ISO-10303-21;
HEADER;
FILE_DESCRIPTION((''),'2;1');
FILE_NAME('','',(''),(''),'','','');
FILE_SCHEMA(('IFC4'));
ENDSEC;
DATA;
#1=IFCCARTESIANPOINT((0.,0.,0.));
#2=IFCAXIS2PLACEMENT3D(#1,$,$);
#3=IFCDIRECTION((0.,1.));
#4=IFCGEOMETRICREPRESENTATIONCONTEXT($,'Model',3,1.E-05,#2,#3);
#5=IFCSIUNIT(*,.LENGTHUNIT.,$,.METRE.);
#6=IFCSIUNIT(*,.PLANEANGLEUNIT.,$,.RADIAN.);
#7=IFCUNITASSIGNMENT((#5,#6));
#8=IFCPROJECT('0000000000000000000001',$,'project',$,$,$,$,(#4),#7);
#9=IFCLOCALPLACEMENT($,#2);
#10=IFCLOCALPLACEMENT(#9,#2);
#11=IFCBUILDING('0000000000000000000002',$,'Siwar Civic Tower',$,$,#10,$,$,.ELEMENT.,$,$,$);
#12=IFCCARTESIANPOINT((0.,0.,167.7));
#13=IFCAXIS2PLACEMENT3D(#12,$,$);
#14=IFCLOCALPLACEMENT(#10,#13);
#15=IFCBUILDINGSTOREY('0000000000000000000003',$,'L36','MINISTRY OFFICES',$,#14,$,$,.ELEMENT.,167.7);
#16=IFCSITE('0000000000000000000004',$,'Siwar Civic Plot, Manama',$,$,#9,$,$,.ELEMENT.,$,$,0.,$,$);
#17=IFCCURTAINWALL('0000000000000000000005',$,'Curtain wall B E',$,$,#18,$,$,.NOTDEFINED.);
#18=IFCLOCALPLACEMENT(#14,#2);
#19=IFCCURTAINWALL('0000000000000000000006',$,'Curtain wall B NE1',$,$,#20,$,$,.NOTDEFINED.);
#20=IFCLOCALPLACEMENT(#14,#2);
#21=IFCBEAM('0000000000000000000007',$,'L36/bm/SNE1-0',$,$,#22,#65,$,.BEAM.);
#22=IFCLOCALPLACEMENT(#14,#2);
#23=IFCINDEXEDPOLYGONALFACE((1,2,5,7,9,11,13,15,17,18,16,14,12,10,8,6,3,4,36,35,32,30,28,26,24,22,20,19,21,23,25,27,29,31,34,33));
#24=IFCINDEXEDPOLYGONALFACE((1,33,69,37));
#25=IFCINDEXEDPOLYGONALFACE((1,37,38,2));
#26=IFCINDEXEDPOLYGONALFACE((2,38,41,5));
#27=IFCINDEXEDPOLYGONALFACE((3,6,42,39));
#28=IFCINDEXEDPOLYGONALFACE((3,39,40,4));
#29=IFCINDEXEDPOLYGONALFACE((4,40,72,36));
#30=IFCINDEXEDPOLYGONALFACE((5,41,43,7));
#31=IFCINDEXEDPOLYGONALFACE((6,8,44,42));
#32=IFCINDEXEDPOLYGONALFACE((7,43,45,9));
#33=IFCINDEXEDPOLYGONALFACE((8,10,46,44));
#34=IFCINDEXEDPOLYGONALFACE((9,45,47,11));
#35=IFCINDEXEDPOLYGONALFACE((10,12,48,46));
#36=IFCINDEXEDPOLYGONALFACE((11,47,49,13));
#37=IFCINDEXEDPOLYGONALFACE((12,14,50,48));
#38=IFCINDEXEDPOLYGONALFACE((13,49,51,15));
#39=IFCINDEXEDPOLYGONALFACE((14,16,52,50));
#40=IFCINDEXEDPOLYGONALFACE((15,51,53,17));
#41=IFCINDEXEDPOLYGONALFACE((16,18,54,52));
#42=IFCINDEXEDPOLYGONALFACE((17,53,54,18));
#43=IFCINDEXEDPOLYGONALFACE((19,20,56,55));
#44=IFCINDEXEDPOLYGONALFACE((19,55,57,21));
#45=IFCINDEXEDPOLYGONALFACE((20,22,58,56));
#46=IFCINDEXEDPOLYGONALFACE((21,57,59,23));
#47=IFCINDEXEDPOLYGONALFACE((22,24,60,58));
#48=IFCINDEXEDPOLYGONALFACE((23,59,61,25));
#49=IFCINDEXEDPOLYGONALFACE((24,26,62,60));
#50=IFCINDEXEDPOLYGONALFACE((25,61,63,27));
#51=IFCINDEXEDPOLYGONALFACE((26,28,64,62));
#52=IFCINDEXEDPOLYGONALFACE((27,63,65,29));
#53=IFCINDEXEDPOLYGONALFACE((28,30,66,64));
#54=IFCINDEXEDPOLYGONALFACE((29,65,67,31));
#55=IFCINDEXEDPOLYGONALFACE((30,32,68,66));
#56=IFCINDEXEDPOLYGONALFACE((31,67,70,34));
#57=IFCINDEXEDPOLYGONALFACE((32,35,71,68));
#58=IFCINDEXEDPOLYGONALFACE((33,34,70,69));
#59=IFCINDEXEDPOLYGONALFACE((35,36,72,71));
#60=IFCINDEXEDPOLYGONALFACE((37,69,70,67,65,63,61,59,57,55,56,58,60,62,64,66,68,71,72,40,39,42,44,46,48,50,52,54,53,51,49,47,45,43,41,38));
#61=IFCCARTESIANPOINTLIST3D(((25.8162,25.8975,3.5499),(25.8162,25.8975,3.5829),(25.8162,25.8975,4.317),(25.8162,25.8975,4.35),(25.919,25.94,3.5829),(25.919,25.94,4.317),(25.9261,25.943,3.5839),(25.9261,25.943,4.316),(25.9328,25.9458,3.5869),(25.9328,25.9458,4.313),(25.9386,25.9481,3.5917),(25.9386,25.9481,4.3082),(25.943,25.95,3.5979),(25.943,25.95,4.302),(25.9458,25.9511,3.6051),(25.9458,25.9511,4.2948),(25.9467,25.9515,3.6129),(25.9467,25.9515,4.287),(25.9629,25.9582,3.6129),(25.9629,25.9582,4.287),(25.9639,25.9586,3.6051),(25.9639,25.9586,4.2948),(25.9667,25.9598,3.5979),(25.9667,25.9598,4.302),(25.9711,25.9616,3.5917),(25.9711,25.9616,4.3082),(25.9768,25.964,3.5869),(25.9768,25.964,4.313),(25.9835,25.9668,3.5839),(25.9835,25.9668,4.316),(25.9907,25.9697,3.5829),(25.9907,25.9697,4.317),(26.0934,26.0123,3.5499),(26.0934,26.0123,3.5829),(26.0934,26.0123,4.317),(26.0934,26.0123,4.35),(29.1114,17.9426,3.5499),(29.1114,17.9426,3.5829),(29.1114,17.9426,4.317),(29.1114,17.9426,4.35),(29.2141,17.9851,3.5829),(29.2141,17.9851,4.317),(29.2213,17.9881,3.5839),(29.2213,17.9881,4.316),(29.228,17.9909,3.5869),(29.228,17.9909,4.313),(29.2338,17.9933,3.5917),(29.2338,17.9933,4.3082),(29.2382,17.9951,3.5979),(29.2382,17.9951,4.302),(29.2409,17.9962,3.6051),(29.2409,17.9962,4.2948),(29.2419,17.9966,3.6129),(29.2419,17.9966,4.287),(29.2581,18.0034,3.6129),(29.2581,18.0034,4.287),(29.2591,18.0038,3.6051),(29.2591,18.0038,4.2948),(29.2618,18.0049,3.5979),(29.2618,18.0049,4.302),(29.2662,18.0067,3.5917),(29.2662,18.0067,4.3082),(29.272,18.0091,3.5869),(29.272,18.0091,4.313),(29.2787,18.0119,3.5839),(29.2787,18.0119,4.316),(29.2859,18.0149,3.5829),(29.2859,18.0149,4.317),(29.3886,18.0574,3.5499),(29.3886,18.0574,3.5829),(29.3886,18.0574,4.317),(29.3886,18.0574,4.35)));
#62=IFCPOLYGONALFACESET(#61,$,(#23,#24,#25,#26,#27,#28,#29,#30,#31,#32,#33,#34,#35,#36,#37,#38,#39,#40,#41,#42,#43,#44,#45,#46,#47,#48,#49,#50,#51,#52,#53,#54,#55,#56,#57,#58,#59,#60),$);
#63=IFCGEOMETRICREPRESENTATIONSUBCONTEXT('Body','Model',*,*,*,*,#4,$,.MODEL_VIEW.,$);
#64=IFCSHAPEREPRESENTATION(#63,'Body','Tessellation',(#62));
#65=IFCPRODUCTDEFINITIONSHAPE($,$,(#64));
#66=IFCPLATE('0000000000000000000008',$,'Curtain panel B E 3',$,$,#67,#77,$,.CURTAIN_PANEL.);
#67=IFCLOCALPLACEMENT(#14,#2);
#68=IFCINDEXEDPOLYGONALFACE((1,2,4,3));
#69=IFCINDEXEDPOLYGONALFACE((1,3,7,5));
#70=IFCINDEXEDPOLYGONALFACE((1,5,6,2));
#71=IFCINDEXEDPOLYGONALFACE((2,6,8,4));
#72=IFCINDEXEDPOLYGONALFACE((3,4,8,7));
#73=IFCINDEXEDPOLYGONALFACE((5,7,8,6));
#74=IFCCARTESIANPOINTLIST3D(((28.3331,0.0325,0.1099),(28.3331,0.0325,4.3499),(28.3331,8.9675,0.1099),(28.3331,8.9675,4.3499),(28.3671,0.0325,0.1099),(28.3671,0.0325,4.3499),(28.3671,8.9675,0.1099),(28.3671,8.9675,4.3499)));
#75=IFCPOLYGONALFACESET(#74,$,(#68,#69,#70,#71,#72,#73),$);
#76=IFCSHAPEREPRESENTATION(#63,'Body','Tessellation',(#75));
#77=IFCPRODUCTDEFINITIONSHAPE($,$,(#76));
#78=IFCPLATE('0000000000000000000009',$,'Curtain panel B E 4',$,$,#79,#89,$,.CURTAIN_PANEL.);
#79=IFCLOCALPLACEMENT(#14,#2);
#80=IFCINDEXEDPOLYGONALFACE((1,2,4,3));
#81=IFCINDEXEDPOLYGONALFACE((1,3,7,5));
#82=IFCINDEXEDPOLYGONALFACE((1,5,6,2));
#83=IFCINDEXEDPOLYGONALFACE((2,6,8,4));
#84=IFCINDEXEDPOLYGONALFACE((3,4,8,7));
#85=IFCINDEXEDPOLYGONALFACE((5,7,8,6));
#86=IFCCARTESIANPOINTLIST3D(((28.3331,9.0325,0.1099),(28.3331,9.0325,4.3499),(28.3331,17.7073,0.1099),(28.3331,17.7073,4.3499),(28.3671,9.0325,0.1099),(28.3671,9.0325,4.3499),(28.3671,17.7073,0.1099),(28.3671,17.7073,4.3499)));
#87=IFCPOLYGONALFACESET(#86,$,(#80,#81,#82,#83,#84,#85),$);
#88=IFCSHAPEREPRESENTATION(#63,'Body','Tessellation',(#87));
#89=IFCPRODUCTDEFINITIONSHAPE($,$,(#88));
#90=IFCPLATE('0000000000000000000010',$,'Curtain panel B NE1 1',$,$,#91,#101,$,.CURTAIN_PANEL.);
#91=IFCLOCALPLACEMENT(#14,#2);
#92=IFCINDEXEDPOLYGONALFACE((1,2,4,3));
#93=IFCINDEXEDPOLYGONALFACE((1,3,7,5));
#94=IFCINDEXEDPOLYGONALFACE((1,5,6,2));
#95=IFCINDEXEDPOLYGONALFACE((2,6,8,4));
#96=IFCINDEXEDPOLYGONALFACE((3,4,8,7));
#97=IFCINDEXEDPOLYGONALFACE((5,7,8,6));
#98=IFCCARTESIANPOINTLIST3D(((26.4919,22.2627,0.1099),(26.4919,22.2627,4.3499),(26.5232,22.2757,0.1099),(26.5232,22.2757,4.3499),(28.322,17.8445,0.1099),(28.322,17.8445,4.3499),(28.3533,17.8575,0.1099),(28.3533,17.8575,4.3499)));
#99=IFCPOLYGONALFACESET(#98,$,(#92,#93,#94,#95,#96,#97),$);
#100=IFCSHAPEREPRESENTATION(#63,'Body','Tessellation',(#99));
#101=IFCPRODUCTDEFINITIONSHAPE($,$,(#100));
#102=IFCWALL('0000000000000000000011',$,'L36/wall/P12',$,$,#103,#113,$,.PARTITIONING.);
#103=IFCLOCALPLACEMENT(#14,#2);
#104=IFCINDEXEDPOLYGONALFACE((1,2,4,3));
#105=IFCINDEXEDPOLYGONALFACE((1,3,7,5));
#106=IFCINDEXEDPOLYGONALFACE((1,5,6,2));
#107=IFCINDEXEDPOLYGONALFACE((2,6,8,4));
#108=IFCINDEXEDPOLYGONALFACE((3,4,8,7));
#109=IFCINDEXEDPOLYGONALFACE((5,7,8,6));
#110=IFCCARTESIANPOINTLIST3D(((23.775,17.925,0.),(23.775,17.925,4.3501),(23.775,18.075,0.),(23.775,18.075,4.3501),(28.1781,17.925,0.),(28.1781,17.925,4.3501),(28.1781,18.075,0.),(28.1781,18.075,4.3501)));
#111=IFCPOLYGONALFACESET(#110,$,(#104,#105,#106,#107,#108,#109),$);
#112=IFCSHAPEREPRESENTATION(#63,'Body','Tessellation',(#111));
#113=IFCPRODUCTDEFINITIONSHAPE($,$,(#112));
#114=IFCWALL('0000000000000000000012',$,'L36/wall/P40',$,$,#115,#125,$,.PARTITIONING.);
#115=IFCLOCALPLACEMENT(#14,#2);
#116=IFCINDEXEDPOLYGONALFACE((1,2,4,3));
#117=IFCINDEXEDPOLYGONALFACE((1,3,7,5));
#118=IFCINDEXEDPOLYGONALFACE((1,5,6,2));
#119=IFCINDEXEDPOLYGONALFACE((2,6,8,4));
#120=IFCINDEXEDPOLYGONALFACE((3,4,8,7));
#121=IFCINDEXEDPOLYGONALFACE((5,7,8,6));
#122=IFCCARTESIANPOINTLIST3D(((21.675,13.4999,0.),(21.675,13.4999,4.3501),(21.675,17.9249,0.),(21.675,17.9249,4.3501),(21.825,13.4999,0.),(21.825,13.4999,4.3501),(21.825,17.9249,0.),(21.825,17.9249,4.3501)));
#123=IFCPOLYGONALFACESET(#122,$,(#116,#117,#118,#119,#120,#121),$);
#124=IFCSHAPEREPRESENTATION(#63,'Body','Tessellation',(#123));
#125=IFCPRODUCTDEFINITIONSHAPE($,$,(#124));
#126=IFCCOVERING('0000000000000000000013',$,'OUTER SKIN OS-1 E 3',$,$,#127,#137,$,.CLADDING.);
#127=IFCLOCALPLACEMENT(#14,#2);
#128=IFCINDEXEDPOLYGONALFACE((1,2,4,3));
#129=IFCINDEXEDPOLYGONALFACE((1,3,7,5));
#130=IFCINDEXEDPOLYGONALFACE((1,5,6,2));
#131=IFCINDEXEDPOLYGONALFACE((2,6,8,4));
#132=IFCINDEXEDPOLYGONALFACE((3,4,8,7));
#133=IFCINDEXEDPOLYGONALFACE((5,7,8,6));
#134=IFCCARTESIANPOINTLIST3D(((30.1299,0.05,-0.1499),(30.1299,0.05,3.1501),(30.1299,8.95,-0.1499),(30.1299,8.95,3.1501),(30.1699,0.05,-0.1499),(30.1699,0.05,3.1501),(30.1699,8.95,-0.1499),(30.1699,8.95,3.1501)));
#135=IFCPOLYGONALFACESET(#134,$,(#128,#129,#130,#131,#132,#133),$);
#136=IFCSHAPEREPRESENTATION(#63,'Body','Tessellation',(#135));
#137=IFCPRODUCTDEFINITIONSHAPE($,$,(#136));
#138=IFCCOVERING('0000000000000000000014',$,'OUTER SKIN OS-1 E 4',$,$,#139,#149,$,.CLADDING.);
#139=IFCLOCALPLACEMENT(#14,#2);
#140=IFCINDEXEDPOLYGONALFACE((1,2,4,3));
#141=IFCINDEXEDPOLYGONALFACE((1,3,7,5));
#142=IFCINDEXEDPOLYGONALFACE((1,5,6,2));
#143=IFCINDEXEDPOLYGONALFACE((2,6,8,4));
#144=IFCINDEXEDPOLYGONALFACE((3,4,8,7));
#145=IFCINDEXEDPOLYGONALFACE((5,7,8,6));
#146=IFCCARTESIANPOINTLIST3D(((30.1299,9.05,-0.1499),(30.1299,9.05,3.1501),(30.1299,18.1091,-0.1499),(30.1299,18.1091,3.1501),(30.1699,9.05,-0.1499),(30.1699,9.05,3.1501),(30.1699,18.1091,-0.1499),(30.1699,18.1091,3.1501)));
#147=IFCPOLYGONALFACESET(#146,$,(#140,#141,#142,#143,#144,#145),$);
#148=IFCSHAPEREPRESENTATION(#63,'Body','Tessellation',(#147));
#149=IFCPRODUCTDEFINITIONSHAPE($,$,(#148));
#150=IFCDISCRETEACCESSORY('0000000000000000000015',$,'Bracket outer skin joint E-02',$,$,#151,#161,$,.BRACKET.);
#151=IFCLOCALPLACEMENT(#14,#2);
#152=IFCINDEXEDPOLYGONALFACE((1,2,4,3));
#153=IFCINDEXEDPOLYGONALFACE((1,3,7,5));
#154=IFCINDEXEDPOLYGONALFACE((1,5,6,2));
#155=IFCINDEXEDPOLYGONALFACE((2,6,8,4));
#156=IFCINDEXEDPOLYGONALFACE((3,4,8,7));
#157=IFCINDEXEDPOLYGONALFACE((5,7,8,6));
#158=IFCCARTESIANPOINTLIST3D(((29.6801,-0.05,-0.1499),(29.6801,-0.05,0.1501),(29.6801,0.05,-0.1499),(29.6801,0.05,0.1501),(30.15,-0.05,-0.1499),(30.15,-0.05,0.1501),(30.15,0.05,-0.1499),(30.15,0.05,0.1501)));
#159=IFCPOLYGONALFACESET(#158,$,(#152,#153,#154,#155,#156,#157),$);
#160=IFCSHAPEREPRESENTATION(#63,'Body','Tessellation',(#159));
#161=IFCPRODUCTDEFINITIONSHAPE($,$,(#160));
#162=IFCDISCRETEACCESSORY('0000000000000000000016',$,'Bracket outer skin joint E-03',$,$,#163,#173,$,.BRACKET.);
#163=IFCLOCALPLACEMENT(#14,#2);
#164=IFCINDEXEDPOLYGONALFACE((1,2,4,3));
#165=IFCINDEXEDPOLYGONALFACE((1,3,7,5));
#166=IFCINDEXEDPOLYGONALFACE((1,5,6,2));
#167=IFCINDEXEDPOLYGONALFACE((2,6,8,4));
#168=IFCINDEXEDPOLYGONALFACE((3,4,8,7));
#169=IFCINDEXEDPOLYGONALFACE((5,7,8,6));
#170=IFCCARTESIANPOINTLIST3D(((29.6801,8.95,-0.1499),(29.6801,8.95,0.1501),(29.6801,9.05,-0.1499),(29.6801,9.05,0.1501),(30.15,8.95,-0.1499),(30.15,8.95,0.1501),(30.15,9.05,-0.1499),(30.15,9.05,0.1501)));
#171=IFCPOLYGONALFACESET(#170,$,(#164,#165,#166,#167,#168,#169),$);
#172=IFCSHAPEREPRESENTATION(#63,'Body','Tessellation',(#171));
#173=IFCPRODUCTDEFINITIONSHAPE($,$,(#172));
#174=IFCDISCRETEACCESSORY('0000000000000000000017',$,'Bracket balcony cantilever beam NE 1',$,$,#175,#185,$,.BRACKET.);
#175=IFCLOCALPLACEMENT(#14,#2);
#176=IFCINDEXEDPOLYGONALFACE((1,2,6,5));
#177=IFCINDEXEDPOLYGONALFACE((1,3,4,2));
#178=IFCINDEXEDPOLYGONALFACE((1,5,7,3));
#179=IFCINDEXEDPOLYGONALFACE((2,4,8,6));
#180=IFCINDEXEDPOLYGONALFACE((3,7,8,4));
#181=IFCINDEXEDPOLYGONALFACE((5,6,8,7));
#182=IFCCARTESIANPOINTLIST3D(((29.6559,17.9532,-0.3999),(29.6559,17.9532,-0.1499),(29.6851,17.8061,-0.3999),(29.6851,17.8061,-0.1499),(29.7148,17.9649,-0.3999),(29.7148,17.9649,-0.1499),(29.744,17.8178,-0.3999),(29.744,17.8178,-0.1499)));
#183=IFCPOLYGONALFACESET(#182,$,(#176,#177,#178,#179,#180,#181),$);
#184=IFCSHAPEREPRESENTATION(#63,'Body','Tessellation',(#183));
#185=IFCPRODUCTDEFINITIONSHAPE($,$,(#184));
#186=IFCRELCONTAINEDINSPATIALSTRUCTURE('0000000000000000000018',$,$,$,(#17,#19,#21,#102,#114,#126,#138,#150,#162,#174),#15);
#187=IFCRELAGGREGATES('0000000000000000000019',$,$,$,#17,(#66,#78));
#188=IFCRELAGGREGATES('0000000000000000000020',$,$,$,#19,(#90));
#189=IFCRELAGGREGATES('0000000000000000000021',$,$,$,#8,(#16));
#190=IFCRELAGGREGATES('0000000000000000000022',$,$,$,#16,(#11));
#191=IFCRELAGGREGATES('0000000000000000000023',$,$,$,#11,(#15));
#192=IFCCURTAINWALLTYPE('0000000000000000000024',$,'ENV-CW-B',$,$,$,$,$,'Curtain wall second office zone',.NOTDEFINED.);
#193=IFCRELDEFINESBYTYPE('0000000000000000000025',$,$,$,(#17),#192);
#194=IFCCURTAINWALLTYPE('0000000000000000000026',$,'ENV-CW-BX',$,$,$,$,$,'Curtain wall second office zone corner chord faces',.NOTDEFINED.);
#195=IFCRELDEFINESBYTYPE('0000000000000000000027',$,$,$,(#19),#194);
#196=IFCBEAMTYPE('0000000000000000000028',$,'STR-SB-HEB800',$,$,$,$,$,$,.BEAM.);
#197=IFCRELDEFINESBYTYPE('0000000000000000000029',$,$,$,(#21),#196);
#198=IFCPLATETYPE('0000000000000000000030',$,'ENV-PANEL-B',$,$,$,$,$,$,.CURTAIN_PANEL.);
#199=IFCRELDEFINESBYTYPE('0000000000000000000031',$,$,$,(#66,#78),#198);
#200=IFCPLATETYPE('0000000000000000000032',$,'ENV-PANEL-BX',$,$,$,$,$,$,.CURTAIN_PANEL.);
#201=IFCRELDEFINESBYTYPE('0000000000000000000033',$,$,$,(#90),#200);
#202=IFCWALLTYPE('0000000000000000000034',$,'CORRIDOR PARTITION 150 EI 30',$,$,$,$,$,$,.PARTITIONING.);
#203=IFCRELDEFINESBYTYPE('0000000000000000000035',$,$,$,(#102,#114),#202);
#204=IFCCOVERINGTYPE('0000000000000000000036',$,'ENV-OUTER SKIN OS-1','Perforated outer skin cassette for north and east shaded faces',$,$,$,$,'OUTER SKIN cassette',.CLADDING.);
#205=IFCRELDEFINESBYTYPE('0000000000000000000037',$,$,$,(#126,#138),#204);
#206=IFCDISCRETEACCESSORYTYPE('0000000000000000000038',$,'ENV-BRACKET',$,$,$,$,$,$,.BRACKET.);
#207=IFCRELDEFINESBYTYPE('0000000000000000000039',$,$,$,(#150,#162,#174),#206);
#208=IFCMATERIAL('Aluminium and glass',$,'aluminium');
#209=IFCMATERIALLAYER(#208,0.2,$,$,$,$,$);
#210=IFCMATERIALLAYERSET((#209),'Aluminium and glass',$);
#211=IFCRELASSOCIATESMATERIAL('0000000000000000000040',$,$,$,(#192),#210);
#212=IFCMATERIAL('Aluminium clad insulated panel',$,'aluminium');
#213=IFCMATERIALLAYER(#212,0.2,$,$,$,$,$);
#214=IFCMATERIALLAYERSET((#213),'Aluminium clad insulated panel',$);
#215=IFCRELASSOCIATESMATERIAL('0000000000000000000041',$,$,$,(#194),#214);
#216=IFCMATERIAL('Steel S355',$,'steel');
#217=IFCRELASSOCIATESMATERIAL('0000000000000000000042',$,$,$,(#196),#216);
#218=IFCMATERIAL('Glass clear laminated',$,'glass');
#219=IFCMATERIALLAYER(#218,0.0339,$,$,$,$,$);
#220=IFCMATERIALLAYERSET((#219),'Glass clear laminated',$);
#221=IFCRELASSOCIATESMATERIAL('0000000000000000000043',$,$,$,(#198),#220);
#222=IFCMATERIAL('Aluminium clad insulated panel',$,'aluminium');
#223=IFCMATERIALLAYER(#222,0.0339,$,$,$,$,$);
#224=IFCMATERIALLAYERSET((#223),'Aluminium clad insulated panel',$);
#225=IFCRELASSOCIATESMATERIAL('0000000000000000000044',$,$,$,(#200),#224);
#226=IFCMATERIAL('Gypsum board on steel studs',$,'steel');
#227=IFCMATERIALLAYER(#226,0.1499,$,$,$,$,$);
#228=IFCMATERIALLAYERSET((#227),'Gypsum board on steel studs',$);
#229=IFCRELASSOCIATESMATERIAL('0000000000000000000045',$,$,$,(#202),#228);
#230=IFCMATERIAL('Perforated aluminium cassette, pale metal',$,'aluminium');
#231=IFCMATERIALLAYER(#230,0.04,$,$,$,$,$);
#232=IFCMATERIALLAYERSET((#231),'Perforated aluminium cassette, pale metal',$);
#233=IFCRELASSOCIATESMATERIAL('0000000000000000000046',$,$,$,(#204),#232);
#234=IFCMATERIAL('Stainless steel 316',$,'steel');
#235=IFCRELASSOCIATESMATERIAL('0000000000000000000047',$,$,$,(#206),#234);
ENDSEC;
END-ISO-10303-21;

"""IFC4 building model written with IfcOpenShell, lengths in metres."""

from ifc_helpers import new_model, si_unit, direction, frame, frame_2d, origin, origin_2d, place, context, subcontext, project, spatial, rectangle, i_section, extrude, material, layer, layer_set, material_profile, profile_set, type_object, element, aggregate, save


model = new_model("IFC4")

# Units and contexts
model_context = context("Model", 3, precision=1e-05, world=origin(), true_north=direction((0.0, 1.0)))
body_context = subcontext(model_context, "Body", "Model", "MODEL_VIEW")
ifc_project = project(units=[si_unit("LENGTHUNIT", "METRE"), si_unit("PLANEANGLEUNIT", "RADIAN")], contexts=[model_context])

# Site, building, storey
site_placement = place(None, origin())
site = spatial("IfcSite", under=ifc_project, at=site_placement, Name="Siwar Civic Plot, Manama", CompositionType="ELEMENT", RefElevation=0.0)
building_placement = place(site_placement, origin())
building = spatial("IfcBuilding", under=site, at=building_placement, Name="Siwar Civic Tower", CompositionType="ELEMENT")
storey_placement = place(building_placement, frame((0.0, 0.0, 167.7)))
storey = spatial("IfcBuildingStorey", under=building, at=storey_placement, Name="L36", Description="MINISTRY OFFICES", CompositionType="ELEMENT", Elevation=167.7)

# Curtain walls
ifc_material_1 = material(Name="Aluminium and glass", Category="aluminium")
ifc_layer_1 = layer(ifc_material_1, 0.2)
ifc_layer_set_1 = layer_set([ifc_layer_1], Name="Aluminium and glass")
curtain_wall_type_1 = type_object("IfcCurtainWallType", Name="ENV-CW-B", ElementType="Curtain wall second office zone", PredefinedType="NOTDEFINED", material=ifc_layer_set_1)
curtain_wall_1_placement = place(storey_placement, origin())
curtain_wall_1 = element("IfcCurtainWall", 1, at=curtain_wall_1_placement, inside=storey, type_object=curtain_wall_type_1, Name="Curtain wall B E", PredefinedType="NOTDEFINED")
ifc_material_2 = material(Name="Aluminium clad insulated panel", Category="aluminium")
ifc_layer_2 = layer(ifc_material_2, 0.2)
ifc_layer_set_2 = layer_set([ifc_layer_2], Name="Aluminium clad insulated panel")
curtain_wall_type_2 = type_object("IfcCurtainWallType", Name="ENV-CW-BX", ElementType="Curtain wall second office zone corner chord faces", PredefinedType="NOTDEFINED", material=ifc_layer_set_2)
curtain_wall_2_placement = place(storey_placement, origin())
curtain_wall_2 = element("IfcCurtainWall", 2, at=curtain_wall_2_placement, inside=storey, type_object=curtain_wall_type_2, Name="Curtain wall B NE1", PredefinedType="NOTDEFINED")

# Beam
ifc_material_3 = material(Name="Steel S355", Category="steel")
ifc_material_profile_1 = material_profile(ifc_material_3, i_section(OverallWidth=0.3, OverallDepth=0.8, WebThickness=0.0176, FlangeThickness=0.033, FilletRadius=0.03, at=origin_2d()), Name="HEB800")
ifc_profile_set_1 = profile_set([ifc_material_profile_1], Name="Steel S355")
beam_type_1 = type_object("IfcBeamType", Name="STR-SB-HEB800", PredefinedType="BEAM", material=ifc_profile_set_1)
beam_1_placement = place(storey_placement, frame((29.25, 18.0, 3.95), z_axis=(-0.3827, 0.923873, 0.0), x_axis=(-0.923873, -0.3827, 0.0)))
element("IfcBeam", 3, at=beam_1_placement, inside=storey, type_object=beam_type_1, Name="L36/bm/SNE1-0", PredefinedType="BEAM", context=body_context, shape_type="SweptSolid", body=[
    extrude(i_section(OverallWidth=0.3, OverallDepth=0.8, WebThickness=0.0176, FlangeThickness=0.033, FilletRadius=0.03, at=origin_2d()), origin(), (0.0, 0.0, 1.0), 8.6104),
])

# Plates
ifc_material_4 = material(Name="Glass clear laminated", Category="glass")
ifc_layer_3 = layer(ifc_material_4, 0.0339)
ifc_layer_set_3 = layer_set([ifc_layer_3], Name="Glass clear laminated")
plate_type_1 = type_object("IfcPlateType", Name="ENV-PANEL-B", PredefinedType="CURTAIN_PANEL", material=ifc_layer_set_3)
plate_1_placement = place(storey_placement, frame((28.3501, 4.5, 0.1099), z_axis=(0.0, 0.0, 1.0), x_axis=(0.0, 1.0, 0.0)))
plate_1 = element("IfcPlate", 4, at=plate_1_placement, type_object=plate_type_1, Name="Curtain panel B E 3", PredefinedType="CURTAIN_PANEL", context=body_context, shape_type="SweptSolid", body=[
    extrude(rectangle(XDim=8.9351, YDim=0.0339, at=origin_2d()), origin(), (0.0, 0.0, 1.0), 4.24),
])
plate_2_placement = place(storey_placement, frame((28.3501, 13.3699, 0.1099), z_axis=(0.0, 0.0, 1.0), x_axis=(0.0, 1.0, 0.0)))
plate_2 = element("IfcPlate", 5, at=plate_2_placement, type_object=plate_type_1, Name="Curtain panel B E 4", PredefinedType="CURTAIN_PANEL", context=body_context, shape_type="SweptSolid", body=[
    extrude(rectangle(XDim=8.6748, YDim=0.0339, at=origin_2d()), origin(), (0.0, 0.0, 1.0), 4.24),
])
aggregate(curtain_wall_1, [plate_1, plate_2])
ifc_material_5 = material(Name="Aluminium clad insulated panel", Category="aluminium")
ifc_layer_4 = layer(ifc_material_5, 0.0339)
ifc_layer_set_4 = layer_set([ifc_layer_4], Name="Aluminium clad insulated panel")
plate_type_2 = type_object("IfcPlateType", Name="ENV-PANEL-BX", PredefinedType="CURTAIN_PANEL", material=ifc_layer_set_4)
plate_3_placement = place(storey_placement, frame((27.4226, 20.0601, 0.1099), z_axis=(0.0, 0.0, 1.0), x_axis=(-0.382683, 0.92388, 0.0)))
plate_3 = element("IfcPlate", 6, at=plate_3_placement, type_object=plate_type_2, Name="Curtain panel B NE1 1", PredefinedType="CURTAIN_PANEL", context=body_context, shape_type="SweptSolid", body=[
    extrude(rectangle(XDim=4.7822, YDim=0.0339, at=origin_2d()), origin(), (0.0, 0.0, 1.0), 4.24),
])
aggregate(curtain_wall_2, [plate_3])

# Walls
ifc_material_6 = material(Name="Gypsum board on steel studs", Category="steel")
ifc_layer_5 = layer(ifc_material_6, 0.1499)
ifc_layer_set_5 = layer_set([ifc_layer_5], Name="Gypsum board on steel studs")
wall_type = type_object("IfcWallType", Name="CORRIDOR PARTITION 150 EI 30", PredefinedType="PARTITIONING", material=ifc_layer_set_5)
wall_1_placement = place(storey_placement, frame((23.7749, 18.0, 0.0), z_axis=(0.0, 0.0, 1.0), x_axis=(1.0, 0.0, 0.0)))
element("IfcWall", 7, at=wall_1_placement, inside=storey, type_object=wall_type, Name="L36/wall/P12", PredefinedType="PARTITIONING", context=body_context, shape_type="SweptSolid", body=[
    extrude(rectangle(XDim=4.4031, YDim=0.1499, at=frame_2d((2.2017, 0.0))), origin(), (0.0, 0.0, 1.0), 4.3501),
])
wall_2_placement = place(storey_placement, frame((21.75, 13.5, 0.0), z_axis=(0.0, 0.0, 1.0), x_axis=(0.0, 1.0, 0.0)))
element("IfcWall", 8, at=wall_2_placement, inside=storey, type_object=wall_type, Name="L36/wall/P40", PredefinedType="PARTITIONING", context=body_context, shape_type="SweptSolid", body=[
    extrude(rectangle(XDim=4.425, YDim=0.1499, at=frame_2d((2.2124, 0.0))), origin(), (0.0, 0.0, 1.0), 4.3501),
])

# Coverings
ifc_material_7 = material(Name="Perforated aluminium cassette, pale metal", Category="aluminium")
ifc_layer_6 = layer(ifc_material_7, 0.04)
ifc_layer_set_6 = layer_set([ifc_layer_6], Name="Perforated aluminium cassette, pale metal")
covering_type = type_object("IfcCoveringType", Name="ENV-OUTER SKIN OS-1", Description="Perforated outer skin cassette for north and east shaded faces", ElementType="OUTER SKIN cassette", PredefinedType="CLADDING", material=ifc_layer_set_6)
covering_1_placement = place(storey_placement, frame((30.1499, 4.5, -0.1499), z_axis=(0.0, 0.0, 1.0), x_axis=(0.0, 1.0, 0.0)))
element("IfcCovering", 9, at=covering_1_placement, inside=storey, type_object=covering_type, Name="OUTER SKIN OS-1 E 3", PredefinedType="CLADDING", context=body_context, shape_type="SweptSolid", body=[
    extrude(rectangle(XDim=8.8999, YDim=0.04, at=origin_2d()), origin(), (0.0, 0.0, 1.0), 3.3),
])
covering_2_placement = place(storey_placement, frame((30.1499, 13.5796, -0.1499), z_axis=(0.0, 0.0, 1.0), x_axis=(0.0, 1.0, 0.0)))
element("IfcCovering", 10, at=covering_2_placement, inside=storey, type_object=covering_type, Name="OUTER SKIN OS-1 E 4", PredefinedType="CLADDING", context=body_context, shape_type="SweptSolid", body=[
    extrude(rectangle(XDim=9.0591, YDim=0.04, at=origin_2d()), origin(), (0.0, 0.0, 1.0), 3.3),
])

# Discrete accessories
ifc_material_8 = material(Name="Stainless steel 316", Category="steel")
discrete_accessory_type_1 = type_object("IfcDiscreteAccessoryType", Name="ENV-BRACKET", PredefinedType="BRACKET", material=ifc_material_8)
for number, where, z_axis, x_axis, name in (
    (11, (29.915, 0.0, -0.1499), (0.0, 0.0, 1.0), (1.0, 0.0, 0.0), "Bracket outer skin joint E-02"),
    (12, (29.915, 9.0, -0.1499), (0.0, 0.0, 1.0), (1.0, 0.0, 0.0), "Bracket outer skin joint E-03"),
):
    element("IfcDiscreteAccessory", number, at=place(storey_placement, frame(where, z_axis=z_axis, x_axis=x_axis)), inside=storey, type_object=discrete_accessory_type_1, Name=name, PredefinedType="BRACKET", context=body_context, shape_type="SweptSolid", body=[
        extrude(rectangle(XDim=0.47, YDim=0.1001, at=origin_2d()), origin(), (0.0, 0.0, 1.0), 0.3),
    ])
discrete_accessory_1_placement = place(storey_placement, frame((29.7, 17.8855, -0.3999), z_axis=(0.0, 0.0, 1.0), x_axis=(0.980785, 0.19509, 0.0)))
element("IfcDiscreteAccessory", 13, at=discrete_accessory_1_placement, inside=storey, type_object=discrete_accessory_type_1, Name="Bracket balcony cantilever beam NE 1", PredefinedType="BRACKET", context=body_context, shape_type="SweptSolid", body=[
    extrude(rectangle(XDim=0.0601, YDim=0.1499, at=origin_2d()), origin(), (0.0, 0.0, 1.0), 0.25),
])

save(model, "model.ifc")
